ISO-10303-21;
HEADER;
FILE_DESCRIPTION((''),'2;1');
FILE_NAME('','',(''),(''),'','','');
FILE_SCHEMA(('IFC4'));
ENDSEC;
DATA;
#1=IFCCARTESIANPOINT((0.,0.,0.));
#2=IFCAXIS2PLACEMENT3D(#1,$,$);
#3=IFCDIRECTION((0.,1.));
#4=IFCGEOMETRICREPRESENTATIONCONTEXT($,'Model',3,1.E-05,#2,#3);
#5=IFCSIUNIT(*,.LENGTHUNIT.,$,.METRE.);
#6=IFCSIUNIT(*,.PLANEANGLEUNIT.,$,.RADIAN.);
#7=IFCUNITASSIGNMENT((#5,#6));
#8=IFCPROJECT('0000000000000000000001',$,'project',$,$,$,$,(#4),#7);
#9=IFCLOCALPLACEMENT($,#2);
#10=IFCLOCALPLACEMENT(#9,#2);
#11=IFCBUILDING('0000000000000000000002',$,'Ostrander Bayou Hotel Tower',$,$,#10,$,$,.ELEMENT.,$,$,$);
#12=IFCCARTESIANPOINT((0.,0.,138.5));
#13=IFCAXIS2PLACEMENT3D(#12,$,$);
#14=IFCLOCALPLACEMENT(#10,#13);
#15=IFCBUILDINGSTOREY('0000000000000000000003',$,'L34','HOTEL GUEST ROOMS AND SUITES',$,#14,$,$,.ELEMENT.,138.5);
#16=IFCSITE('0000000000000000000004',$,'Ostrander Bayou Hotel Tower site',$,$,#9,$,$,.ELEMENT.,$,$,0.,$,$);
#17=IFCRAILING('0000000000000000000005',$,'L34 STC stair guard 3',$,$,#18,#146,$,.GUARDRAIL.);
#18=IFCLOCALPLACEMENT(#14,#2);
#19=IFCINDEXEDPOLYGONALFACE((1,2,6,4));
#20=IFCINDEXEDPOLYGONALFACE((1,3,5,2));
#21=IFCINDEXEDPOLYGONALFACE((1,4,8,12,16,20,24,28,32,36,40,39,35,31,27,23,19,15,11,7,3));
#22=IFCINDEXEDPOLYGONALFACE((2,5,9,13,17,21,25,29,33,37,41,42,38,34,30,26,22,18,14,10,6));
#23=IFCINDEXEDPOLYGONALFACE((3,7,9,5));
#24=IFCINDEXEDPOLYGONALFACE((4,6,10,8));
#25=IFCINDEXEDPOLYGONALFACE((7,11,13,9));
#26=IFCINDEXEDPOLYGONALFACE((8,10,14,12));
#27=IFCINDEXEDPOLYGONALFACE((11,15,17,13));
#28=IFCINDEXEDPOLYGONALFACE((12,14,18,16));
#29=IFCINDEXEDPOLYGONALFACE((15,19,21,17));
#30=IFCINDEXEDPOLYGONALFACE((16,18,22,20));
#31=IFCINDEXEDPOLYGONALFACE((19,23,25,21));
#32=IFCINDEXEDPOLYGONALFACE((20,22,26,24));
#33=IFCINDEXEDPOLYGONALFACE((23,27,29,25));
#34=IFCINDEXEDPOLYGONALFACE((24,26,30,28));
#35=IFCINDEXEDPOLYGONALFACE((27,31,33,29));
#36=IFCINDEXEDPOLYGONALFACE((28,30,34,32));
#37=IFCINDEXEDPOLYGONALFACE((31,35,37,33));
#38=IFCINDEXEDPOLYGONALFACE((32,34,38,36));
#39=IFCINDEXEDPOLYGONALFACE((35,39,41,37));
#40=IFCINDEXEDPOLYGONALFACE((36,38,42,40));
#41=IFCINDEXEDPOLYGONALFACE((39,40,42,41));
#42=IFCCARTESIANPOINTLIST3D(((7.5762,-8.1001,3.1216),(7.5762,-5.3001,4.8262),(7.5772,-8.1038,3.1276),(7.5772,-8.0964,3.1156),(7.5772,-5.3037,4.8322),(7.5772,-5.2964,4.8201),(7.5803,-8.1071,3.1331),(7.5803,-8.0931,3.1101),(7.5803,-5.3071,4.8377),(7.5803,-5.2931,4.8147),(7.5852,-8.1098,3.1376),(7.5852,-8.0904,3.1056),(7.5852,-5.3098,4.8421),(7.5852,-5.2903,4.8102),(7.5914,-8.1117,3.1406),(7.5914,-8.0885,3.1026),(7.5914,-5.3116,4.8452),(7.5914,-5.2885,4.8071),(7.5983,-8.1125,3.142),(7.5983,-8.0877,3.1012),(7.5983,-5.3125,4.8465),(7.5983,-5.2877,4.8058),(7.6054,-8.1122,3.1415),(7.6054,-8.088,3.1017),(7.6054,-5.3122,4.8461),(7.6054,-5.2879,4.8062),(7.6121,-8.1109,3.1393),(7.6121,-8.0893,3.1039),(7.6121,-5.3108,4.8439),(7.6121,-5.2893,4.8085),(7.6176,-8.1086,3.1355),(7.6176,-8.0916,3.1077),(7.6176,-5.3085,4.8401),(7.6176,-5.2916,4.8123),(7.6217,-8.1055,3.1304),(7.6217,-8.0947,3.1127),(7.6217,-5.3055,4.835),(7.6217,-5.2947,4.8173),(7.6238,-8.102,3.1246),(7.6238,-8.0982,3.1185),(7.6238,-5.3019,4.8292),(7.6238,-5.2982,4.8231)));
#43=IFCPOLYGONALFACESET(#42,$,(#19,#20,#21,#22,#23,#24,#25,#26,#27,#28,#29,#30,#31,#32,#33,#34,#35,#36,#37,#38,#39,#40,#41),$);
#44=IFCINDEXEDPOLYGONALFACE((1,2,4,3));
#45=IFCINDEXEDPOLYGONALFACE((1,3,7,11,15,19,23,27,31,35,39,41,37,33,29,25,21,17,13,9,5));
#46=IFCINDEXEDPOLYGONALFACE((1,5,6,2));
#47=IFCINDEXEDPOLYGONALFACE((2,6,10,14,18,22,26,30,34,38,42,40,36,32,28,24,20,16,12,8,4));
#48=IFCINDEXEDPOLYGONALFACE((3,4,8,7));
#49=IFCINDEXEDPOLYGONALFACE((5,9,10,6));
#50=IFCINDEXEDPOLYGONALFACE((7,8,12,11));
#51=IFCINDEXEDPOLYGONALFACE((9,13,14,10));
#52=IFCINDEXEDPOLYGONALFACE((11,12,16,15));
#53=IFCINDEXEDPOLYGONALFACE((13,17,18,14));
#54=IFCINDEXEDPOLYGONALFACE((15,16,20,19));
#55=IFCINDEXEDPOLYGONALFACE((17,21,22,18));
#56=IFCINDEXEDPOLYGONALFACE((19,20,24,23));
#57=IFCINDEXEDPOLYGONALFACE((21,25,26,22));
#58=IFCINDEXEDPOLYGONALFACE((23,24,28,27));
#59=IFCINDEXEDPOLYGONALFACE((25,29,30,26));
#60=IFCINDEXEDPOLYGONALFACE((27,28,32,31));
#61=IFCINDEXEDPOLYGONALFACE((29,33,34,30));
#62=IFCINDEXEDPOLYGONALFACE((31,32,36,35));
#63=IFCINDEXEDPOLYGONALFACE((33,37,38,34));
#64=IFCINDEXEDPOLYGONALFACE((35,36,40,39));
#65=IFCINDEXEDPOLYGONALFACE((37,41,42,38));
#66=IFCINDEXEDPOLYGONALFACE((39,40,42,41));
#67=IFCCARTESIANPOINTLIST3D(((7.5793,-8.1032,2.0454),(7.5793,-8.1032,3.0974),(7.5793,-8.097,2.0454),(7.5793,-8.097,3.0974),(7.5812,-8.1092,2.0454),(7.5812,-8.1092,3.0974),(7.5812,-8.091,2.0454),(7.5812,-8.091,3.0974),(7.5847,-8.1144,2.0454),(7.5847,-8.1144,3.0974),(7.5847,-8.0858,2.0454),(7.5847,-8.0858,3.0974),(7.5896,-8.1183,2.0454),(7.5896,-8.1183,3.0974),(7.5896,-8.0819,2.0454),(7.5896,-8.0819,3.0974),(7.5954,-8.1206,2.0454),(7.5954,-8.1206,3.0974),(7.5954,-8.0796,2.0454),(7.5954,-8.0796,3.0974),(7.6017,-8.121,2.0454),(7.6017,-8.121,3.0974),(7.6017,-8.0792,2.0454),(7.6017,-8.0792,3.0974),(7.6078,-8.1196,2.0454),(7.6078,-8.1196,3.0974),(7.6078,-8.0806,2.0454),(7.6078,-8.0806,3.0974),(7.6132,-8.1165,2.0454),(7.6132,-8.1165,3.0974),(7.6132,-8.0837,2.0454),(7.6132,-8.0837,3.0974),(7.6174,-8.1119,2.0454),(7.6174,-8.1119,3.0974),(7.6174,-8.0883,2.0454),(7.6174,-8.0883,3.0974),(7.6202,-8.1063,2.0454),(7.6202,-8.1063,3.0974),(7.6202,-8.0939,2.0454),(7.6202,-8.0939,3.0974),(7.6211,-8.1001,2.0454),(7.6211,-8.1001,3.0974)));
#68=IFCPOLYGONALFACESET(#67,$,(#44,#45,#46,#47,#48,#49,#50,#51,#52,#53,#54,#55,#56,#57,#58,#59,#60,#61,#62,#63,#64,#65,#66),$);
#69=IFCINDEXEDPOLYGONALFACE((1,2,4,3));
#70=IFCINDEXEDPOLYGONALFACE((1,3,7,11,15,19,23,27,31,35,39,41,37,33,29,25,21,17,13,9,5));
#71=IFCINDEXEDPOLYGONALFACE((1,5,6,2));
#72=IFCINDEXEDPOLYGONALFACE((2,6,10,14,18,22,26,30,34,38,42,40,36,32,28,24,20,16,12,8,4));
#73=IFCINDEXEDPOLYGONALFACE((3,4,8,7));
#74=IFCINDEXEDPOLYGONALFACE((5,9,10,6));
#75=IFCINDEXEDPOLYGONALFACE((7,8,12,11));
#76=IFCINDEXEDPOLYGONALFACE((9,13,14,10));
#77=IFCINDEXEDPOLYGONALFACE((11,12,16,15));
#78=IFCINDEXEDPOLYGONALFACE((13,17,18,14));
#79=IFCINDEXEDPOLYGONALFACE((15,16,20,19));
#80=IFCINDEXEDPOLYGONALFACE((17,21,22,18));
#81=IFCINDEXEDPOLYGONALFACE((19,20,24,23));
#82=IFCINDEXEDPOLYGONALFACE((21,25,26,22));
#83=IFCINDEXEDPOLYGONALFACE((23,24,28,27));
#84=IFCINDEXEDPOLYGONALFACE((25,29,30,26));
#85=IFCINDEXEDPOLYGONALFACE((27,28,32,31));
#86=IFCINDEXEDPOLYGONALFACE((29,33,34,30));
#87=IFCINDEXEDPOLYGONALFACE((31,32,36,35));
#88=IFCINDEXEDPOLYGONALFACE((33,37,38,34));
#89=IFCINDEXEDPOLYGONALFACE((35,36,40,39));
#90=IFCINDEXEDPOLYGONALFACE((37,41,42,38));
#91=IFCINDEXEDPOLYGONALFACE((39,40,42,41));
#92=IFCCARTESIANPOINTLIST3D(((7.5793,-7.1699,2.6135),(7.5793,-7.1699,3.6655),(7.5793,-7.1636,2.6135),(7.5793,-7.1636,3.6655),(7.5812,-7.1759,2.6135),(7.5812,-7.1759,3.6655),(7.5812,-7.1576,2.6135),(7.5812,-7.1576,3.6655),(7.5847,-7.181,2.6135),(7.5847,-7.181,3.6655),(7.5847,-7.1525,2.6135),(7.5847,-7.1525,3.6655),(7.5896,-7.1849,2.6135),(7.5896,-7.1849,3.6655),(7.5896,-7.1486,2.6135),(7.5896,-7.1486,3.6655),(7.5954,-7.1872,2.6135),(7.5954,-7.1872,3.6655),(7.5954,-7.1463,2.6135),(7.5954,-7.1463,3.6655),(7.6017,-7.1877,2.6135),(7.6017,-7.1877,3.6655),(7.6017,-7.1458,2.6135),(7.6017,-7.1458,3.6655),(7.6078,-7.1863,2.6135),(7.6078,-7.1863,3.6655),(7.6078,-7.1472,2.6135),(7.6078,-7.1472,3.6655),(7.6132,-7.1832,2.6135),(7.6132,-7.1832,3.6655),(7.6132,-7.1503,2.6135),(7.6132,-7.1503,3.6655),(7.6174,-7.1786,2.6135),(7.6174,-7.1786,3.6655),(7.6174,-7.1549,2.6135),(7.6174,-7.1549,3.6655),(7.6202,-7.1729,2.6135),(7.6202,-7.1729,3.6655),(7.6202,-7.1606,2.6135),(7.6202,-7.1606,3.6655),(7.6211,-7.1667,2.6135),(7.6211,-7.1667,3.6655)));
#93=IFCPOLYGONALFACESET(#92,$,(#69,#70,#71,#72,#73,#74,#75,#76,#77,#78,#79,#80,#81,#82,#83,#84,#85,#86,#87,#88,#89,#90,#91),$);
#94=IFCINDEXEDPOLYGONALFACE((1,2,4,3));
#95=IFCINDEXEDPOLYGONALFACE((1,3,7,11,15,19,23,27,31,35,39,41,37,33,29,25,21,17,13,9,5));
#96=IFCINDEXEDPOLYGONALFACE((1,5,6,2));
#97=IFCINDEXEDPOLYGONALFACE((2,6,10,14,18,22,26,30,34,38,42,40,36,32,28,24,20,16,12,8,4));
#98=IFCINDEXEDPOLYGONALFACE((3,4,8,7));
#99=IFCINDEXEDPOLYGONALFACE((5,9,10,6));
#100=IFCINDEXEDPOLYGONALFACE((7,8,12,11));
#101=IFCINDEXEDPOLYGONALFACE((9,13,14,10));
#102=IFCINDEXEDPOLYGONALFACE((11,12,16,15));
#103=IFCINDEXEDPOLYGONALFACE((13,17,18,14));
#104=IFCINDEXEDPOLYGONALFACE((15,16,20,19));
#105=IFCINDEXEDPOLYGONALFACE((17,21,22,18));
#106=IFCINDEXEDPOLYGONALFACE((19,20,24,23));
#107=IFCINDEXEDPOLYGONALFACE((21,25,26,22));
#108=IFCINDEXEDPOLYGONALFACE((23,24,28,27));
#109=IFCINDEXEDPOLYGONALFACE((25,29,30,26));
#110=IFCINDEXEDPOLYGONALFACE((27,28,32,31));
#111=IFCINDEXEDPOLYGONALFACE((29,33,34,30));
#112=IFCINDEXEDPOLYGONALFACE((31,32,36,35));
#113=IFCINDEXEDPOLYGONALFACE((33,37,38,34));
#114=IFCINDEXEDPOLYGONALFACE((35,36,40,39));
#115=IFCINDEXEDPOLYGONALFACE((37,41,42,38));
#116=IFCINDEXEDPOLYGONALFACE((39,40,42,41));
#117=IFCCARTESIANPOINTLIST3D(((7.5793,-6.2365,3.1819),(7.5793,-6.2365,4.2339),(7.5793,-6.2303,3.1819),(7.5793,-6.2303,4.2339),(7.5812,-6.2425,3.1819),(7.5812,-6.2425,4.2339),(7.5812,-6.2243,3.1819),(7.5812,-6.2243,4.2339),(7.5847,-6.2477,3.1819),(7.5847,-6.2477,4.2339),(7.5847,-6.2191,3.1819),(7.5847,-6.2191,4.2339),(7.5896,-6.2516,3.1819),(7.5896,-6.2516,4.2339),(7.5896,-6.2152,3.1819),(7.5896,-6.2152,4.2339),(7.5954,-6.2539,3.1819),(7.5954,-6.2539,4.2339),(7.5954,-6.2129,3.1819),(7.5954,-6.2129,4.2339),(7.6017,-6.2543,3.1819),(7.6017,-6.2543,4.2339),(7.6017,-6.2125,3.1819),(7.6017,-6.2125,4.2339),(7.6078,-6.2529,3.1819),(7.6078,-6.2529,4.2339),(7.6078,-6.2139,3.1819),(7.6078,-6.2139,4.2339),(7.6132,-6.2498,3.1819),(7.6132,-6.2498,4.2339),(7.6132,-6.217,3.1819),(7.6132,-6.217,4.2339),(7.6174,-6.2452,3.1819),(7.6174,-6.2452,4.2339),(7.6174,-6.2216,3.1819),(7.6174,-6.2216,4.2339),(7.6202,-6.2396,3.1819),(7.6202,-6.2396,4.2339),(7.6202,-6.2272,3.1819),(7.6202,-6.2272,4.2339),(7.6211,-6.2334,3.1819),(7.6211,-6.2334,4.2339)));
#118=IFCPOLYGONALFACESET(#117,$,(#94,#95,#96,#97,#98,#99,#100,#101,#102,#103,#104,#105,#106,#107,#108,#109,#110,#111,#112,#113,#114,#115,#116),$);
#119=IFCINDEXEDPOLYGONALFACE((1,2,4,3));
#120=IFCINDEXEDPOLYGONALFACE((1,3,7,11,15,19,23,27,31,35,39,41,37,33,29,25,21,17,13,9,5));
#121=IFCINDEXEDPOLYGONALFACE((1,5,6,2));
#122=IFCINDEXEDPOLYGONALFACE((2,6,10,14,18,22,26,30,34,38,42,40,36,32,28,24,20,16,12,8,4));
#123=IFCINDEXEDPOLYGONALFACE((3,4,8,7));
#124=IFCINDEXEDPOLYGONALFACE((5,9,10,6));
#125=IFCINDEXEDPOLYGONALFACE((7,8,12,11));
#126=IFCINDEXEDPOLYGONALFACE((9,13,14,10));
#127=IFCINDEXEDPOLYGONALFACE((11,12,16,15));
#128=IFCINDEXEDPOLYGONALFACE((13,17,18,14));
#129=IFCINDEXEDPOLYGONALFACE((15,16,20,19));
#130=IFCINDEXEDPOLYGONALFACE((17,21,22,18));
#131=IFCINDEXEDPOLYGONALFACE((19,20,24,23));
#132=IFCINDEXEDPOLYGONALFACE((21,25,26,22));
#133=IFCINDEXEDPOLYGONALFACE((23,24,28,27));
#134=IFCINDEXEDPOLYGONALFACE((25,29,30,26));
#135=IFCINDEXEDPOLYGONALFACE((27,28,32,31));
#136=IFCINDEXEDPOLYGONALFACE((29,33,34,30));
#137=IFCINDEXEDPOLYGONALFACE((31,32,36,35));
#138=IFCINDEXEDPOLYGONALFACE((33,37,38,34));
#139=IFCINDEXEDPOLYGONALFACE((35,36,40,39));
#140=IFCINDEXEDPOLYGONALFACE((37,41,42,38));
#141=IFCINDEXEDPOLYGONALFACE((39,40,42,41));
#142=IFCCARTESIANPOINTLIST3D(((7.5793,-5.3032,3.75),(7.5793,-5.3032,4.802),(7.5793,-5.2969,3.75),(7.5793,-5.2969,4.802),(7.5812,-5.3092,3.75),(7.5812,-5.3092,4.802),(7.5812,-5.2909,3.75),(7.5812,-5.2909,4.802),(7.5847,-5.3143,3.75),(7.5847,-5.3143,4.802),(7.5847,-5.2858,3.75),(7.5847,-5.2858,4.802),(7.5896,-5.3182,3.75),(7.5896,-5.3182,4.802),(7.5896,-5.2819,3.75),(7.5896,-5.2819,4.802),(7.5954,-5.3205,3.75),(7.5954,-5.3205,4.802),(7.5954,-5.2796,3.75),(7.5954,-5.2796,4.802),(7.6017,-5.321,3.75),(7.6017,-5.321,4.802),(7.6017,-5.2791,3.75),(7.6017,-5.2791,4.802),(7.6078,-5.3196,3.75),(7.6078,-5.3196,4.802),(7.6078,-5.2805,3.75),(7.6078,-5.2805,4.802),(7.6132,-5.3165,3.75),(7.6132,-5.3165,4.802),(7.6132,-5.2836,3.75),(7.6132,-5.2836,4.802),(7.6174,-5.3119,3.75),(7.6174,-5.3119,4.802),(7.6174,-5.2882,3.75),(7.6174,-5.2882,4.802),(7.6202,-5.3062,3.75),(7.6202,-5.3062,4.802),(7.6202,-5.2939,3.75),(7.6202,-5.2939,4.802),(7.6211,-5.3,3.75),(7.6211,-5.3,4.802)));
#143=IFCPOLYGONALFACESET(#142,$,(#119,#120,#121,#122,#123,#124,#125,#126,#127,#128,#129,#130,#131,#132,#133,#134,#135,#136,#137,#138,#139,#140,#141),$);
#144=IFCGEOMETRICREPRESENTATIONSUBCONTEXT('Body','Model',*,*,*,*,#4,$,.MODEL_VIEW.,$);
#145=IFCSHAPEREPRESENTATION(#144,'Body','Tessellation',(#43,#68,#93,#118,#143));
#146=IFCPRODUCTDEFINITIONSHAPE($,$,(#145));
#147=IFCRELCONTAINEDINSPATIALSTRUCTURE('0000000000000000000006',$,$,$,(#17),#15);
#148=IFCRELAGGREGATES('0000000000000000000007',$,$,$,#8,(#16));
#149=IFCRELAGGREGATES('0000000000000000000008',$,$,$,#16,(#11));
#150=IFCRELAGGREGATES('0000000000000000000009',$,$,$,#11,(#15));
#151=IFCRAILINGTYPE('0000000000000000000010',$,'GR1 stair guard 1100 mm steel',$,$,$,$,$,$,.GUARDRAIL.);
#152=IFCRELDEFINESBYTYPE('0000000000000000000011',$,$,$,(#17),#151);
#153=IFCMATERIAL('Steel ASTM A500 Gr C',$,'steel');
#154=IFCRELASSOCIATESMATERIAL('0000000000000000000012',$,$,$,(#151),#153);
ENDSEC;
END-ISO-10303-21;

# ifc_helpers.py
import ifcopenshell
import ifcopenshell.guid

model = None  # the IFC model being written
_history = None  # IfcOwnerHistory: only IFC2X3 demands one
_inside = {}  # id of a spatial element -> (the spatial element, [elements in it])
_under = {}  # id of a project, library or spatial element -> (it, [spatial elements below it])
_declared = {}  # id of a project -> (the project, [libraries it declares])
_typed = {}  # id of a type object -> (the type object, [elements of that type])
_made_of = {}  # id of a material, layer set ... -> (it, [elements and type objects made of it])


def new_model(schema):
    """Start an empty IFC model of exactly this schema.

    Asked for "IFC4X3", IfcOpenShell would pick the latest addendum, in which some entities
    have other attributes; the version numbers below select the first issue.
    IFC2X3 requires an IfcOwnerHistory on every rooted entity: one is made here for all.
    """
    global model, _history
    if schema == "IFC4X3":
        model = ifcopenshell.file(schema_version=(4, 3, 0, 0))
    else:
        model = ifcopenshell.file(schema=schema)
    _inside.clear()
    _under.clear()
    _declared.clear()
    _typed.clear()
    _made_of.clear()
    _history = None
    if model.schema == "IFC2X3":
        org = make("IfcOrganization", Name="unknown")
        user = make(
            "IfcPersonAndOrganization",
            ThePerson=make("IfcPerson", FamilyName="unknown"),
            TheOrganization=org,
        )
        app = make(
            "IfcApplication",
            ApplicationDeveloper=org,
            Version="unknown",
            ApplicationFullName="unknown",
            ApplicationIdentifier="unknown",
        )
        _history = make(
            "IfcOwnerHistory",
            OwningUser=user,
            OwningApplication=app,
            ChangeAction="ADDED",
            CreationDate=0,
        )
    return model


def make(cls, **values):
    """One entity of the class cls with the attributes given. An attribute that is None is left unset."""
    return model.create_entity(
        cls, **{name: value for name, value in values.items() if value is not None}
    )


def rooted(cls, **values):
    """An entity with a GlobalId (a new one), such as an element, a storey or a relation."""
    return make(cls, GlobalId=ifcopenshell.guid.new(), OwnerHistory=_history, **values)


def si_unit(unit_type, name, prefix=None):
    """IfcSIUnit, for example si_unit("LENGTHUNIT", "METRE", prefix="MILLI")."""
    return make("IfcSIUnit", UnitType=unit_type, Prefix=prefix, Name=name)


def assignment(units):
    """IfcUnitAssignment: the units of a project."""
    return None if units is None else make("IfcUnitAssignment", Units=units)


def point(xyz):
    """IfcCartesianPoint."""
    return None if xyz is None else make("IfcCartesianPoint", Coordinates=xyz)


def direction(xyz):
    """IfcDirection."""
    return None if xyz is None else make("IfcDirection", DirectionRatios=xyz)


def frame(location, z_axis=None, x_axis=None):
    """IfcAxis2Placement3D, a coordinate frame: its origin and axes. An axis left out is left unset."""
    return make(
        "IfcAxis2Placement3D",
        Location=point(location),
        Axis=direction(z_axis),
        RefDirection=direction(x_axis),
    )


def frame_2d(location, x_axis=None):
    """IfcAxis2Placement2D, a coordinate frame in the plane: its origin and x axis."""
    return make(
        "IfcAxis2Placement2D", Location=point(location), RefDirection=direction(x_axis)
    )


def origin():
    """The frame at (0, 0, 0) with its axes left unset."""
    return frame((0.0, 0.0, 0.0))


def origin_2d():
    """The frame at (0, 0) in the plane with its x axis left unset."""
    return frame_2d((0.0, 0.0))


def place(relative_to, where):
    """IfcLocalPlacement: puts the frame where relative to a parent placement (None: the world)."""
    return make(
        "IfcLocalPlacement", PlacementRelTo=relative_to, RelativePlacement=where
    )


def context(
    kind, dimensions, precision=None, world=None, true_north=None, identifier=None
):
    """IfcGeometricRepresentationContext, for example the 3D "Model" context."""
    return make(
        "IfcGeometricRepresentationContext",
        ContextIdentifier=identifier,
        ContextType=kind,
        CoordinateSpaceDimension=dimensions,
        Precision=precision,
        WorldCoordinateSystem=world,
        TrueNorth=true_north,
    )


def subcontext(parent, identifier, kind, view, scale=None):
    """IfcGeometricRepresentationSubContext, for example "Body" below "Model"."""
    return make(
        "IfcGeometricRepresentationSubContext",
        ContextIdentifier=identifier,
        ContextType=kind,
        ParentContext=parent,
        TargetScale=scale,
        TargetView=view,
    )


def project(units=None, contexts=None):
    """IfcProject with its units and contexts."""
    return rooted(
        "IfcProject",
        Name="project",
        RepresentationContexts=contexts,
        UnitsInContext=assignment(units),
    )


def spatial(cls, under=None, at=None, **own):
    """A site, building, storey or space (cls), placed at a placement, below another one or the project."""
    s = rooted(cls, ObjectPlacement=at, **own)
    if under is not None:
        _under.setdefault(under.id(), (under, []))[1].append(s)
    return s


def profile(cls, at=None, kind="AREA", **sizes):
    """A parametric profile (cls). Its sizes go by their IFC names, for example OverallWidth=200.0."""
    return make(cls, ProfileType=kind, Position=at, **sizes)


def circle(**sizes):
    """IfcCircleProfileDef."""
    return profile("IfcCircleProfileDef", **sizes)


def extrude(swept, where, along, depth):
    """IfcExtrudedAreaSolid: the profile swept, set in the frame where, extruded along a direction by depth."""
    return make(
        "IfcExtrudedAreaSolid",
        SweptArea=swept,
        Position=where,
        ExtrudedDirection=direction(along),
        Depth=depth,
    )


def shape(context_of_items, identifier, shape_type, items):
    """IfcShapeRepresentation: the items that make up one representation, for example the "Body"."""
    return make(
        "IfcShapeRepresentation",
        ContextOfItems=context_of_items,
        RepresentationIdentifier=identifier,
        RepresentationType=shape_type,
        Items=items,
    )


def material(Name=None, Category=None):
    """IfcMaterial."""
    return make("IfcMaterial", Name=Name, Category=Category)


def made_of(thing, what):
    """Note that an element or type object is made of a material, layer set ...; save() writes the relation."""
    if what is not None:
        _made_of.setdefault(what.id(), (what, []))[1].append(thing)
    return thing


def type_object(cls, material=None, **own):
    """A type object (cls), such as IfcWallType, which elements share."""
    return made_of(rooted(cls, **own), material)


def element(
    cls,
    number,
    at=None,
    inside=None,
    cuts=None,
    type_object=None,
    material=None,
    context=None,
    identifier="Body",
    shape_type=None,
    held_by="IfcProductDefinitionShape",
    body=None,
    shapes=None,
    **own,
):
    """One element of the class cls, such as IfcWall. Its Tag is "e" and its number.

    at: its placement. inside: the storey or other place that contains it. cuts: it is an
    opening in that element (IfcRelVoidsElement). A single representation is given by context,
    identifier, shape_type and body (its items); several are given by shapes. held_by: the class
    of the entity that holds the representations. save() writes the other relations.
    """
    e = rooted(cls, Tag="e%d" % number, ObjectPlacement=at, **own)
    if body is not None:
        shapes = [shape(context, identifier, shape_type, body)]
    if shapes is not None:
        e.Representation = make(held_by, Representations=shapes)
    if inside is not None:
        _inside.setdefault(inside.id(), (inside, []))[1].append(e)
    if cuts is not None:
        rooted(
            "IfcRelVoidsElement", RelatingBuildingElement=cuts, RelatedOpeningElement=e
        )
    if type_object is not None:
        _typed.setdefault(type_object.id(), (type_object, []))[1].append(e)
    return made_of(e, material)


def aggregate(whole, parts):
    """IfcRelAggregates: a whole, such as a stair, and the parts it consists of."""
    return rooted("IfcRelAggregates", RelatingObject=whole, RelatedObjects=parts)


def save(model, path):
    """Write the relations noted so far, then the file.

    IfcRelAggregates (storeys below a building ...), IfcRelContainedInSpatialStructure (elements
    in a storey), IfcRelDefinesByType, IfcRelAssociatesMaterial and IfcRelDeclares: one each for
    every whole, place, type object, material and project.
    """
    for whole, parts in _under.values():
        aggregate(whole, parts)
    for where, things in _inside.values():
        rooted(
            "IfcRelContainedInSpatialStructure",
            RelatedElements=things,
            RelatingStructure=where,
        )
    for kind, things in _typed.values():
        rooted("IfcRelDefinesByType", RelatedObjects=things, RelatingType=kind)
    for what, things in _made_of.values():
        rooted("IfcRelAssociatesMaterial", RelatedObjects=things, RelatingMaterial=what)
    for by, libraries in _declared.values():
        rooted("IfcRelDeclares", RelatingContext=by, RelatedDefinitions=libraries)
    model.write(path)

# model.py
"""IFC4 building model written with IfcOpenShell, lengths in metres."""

from ifc_helpers import new_model, si_unit, direction, frame, origin, origin_2d, place, context, subcontext, project, spatial, circle, extrude, material, type_object, element, save


model = new_model("IFC4")

# Units and contexts
model_context = context("Model", 3, precision=1e-05, world=origin(), true_north=direction((0.0, 1.0)))
body_context = subcontext(model_context, "Body", "Model", "MODEL_VIEW")
ifc_project = project(units=[si_unit("LENGTHUNIT", "METRE"), si_unit("PLANEANGLEUNIT", "RADIAN")], contexts=[model_context])

# Site, building, storey
site_placement = place(None, origin())
site = spatial("IfcSite", under=ifc_project, at=site_placement, Name="Ostrander Bayou Hotel Tower site", CompositionType="ELEMENT", RefElevation=0.0)
building_placement = place(site_placement, origin())
building = spatial("IfcBuilding", under=site, at=building_placement, Name="Ostrander Bayou Hotel Tower", CompositionType="ELEMENT")
storey_placement = place(building_placement, frame((0.0, 0.0, 138.5)))
storey = spatial("IfcBuildingStorey", under=building, at=storey_placement, Name="L34", Description="HOTEL GUEST ROOMS AND SUITES", CompositionType="ELEMENT", Elevation=138.5)

# Railing
ifc_material_1 = material(Name="Steel ASTM A500 Gr C", Category="steel")
railing_type_1 = type_object("IfcRailingType", Name="GR1 stair guard 1100 mm steel", PredefinedType="GUARDRAIL", material=ifc_material_1)
railing_1_placement = place(storey_placement, frame((7.6001, -8.1001, 2.0454)))
element("IfcRailing", 1, at=railing_1_placement, inside=storey, type_object=railing_type_1, Name="L34 STC stair guard 3", PredefinedType="GUARDRAIL", context=body_context, shape_type="SweptSolid", body=[
    extrude(circle(Radius=0.0239, at=origin_2d()), frame((0.0, 0.0, 1.0762), z_axis=(0.0, 0.85417, 0.519994), x_axis=(-1.0, 0.0, 0.0)), (0.0, 0.0, 1.0), 3.2781),
    extrude(circle(Radius=0.021, at=origin_2d()), origin(), (0.0, 0.0, 1.0), 1.052),
    extrude(circle(Radius=0.021, at=origin_2d()), frame((0.0, 0.9333, 0.5681)), (0.0, 0.0, 1.0), 1.052),
    extrude(circle(Radius=0.021, at=origin_2d()), frame((0.0, 1.8667, 1.1365)), (0.0, 0.0, 1.0), 1.052),
    extrude(circle(Radius=0.021, at=origin_2d()), frame((0.0, 2.8, 1.7046)), (0.0, 0.0, 1.0), 1.052),
])

save(model, "model.ifc")
